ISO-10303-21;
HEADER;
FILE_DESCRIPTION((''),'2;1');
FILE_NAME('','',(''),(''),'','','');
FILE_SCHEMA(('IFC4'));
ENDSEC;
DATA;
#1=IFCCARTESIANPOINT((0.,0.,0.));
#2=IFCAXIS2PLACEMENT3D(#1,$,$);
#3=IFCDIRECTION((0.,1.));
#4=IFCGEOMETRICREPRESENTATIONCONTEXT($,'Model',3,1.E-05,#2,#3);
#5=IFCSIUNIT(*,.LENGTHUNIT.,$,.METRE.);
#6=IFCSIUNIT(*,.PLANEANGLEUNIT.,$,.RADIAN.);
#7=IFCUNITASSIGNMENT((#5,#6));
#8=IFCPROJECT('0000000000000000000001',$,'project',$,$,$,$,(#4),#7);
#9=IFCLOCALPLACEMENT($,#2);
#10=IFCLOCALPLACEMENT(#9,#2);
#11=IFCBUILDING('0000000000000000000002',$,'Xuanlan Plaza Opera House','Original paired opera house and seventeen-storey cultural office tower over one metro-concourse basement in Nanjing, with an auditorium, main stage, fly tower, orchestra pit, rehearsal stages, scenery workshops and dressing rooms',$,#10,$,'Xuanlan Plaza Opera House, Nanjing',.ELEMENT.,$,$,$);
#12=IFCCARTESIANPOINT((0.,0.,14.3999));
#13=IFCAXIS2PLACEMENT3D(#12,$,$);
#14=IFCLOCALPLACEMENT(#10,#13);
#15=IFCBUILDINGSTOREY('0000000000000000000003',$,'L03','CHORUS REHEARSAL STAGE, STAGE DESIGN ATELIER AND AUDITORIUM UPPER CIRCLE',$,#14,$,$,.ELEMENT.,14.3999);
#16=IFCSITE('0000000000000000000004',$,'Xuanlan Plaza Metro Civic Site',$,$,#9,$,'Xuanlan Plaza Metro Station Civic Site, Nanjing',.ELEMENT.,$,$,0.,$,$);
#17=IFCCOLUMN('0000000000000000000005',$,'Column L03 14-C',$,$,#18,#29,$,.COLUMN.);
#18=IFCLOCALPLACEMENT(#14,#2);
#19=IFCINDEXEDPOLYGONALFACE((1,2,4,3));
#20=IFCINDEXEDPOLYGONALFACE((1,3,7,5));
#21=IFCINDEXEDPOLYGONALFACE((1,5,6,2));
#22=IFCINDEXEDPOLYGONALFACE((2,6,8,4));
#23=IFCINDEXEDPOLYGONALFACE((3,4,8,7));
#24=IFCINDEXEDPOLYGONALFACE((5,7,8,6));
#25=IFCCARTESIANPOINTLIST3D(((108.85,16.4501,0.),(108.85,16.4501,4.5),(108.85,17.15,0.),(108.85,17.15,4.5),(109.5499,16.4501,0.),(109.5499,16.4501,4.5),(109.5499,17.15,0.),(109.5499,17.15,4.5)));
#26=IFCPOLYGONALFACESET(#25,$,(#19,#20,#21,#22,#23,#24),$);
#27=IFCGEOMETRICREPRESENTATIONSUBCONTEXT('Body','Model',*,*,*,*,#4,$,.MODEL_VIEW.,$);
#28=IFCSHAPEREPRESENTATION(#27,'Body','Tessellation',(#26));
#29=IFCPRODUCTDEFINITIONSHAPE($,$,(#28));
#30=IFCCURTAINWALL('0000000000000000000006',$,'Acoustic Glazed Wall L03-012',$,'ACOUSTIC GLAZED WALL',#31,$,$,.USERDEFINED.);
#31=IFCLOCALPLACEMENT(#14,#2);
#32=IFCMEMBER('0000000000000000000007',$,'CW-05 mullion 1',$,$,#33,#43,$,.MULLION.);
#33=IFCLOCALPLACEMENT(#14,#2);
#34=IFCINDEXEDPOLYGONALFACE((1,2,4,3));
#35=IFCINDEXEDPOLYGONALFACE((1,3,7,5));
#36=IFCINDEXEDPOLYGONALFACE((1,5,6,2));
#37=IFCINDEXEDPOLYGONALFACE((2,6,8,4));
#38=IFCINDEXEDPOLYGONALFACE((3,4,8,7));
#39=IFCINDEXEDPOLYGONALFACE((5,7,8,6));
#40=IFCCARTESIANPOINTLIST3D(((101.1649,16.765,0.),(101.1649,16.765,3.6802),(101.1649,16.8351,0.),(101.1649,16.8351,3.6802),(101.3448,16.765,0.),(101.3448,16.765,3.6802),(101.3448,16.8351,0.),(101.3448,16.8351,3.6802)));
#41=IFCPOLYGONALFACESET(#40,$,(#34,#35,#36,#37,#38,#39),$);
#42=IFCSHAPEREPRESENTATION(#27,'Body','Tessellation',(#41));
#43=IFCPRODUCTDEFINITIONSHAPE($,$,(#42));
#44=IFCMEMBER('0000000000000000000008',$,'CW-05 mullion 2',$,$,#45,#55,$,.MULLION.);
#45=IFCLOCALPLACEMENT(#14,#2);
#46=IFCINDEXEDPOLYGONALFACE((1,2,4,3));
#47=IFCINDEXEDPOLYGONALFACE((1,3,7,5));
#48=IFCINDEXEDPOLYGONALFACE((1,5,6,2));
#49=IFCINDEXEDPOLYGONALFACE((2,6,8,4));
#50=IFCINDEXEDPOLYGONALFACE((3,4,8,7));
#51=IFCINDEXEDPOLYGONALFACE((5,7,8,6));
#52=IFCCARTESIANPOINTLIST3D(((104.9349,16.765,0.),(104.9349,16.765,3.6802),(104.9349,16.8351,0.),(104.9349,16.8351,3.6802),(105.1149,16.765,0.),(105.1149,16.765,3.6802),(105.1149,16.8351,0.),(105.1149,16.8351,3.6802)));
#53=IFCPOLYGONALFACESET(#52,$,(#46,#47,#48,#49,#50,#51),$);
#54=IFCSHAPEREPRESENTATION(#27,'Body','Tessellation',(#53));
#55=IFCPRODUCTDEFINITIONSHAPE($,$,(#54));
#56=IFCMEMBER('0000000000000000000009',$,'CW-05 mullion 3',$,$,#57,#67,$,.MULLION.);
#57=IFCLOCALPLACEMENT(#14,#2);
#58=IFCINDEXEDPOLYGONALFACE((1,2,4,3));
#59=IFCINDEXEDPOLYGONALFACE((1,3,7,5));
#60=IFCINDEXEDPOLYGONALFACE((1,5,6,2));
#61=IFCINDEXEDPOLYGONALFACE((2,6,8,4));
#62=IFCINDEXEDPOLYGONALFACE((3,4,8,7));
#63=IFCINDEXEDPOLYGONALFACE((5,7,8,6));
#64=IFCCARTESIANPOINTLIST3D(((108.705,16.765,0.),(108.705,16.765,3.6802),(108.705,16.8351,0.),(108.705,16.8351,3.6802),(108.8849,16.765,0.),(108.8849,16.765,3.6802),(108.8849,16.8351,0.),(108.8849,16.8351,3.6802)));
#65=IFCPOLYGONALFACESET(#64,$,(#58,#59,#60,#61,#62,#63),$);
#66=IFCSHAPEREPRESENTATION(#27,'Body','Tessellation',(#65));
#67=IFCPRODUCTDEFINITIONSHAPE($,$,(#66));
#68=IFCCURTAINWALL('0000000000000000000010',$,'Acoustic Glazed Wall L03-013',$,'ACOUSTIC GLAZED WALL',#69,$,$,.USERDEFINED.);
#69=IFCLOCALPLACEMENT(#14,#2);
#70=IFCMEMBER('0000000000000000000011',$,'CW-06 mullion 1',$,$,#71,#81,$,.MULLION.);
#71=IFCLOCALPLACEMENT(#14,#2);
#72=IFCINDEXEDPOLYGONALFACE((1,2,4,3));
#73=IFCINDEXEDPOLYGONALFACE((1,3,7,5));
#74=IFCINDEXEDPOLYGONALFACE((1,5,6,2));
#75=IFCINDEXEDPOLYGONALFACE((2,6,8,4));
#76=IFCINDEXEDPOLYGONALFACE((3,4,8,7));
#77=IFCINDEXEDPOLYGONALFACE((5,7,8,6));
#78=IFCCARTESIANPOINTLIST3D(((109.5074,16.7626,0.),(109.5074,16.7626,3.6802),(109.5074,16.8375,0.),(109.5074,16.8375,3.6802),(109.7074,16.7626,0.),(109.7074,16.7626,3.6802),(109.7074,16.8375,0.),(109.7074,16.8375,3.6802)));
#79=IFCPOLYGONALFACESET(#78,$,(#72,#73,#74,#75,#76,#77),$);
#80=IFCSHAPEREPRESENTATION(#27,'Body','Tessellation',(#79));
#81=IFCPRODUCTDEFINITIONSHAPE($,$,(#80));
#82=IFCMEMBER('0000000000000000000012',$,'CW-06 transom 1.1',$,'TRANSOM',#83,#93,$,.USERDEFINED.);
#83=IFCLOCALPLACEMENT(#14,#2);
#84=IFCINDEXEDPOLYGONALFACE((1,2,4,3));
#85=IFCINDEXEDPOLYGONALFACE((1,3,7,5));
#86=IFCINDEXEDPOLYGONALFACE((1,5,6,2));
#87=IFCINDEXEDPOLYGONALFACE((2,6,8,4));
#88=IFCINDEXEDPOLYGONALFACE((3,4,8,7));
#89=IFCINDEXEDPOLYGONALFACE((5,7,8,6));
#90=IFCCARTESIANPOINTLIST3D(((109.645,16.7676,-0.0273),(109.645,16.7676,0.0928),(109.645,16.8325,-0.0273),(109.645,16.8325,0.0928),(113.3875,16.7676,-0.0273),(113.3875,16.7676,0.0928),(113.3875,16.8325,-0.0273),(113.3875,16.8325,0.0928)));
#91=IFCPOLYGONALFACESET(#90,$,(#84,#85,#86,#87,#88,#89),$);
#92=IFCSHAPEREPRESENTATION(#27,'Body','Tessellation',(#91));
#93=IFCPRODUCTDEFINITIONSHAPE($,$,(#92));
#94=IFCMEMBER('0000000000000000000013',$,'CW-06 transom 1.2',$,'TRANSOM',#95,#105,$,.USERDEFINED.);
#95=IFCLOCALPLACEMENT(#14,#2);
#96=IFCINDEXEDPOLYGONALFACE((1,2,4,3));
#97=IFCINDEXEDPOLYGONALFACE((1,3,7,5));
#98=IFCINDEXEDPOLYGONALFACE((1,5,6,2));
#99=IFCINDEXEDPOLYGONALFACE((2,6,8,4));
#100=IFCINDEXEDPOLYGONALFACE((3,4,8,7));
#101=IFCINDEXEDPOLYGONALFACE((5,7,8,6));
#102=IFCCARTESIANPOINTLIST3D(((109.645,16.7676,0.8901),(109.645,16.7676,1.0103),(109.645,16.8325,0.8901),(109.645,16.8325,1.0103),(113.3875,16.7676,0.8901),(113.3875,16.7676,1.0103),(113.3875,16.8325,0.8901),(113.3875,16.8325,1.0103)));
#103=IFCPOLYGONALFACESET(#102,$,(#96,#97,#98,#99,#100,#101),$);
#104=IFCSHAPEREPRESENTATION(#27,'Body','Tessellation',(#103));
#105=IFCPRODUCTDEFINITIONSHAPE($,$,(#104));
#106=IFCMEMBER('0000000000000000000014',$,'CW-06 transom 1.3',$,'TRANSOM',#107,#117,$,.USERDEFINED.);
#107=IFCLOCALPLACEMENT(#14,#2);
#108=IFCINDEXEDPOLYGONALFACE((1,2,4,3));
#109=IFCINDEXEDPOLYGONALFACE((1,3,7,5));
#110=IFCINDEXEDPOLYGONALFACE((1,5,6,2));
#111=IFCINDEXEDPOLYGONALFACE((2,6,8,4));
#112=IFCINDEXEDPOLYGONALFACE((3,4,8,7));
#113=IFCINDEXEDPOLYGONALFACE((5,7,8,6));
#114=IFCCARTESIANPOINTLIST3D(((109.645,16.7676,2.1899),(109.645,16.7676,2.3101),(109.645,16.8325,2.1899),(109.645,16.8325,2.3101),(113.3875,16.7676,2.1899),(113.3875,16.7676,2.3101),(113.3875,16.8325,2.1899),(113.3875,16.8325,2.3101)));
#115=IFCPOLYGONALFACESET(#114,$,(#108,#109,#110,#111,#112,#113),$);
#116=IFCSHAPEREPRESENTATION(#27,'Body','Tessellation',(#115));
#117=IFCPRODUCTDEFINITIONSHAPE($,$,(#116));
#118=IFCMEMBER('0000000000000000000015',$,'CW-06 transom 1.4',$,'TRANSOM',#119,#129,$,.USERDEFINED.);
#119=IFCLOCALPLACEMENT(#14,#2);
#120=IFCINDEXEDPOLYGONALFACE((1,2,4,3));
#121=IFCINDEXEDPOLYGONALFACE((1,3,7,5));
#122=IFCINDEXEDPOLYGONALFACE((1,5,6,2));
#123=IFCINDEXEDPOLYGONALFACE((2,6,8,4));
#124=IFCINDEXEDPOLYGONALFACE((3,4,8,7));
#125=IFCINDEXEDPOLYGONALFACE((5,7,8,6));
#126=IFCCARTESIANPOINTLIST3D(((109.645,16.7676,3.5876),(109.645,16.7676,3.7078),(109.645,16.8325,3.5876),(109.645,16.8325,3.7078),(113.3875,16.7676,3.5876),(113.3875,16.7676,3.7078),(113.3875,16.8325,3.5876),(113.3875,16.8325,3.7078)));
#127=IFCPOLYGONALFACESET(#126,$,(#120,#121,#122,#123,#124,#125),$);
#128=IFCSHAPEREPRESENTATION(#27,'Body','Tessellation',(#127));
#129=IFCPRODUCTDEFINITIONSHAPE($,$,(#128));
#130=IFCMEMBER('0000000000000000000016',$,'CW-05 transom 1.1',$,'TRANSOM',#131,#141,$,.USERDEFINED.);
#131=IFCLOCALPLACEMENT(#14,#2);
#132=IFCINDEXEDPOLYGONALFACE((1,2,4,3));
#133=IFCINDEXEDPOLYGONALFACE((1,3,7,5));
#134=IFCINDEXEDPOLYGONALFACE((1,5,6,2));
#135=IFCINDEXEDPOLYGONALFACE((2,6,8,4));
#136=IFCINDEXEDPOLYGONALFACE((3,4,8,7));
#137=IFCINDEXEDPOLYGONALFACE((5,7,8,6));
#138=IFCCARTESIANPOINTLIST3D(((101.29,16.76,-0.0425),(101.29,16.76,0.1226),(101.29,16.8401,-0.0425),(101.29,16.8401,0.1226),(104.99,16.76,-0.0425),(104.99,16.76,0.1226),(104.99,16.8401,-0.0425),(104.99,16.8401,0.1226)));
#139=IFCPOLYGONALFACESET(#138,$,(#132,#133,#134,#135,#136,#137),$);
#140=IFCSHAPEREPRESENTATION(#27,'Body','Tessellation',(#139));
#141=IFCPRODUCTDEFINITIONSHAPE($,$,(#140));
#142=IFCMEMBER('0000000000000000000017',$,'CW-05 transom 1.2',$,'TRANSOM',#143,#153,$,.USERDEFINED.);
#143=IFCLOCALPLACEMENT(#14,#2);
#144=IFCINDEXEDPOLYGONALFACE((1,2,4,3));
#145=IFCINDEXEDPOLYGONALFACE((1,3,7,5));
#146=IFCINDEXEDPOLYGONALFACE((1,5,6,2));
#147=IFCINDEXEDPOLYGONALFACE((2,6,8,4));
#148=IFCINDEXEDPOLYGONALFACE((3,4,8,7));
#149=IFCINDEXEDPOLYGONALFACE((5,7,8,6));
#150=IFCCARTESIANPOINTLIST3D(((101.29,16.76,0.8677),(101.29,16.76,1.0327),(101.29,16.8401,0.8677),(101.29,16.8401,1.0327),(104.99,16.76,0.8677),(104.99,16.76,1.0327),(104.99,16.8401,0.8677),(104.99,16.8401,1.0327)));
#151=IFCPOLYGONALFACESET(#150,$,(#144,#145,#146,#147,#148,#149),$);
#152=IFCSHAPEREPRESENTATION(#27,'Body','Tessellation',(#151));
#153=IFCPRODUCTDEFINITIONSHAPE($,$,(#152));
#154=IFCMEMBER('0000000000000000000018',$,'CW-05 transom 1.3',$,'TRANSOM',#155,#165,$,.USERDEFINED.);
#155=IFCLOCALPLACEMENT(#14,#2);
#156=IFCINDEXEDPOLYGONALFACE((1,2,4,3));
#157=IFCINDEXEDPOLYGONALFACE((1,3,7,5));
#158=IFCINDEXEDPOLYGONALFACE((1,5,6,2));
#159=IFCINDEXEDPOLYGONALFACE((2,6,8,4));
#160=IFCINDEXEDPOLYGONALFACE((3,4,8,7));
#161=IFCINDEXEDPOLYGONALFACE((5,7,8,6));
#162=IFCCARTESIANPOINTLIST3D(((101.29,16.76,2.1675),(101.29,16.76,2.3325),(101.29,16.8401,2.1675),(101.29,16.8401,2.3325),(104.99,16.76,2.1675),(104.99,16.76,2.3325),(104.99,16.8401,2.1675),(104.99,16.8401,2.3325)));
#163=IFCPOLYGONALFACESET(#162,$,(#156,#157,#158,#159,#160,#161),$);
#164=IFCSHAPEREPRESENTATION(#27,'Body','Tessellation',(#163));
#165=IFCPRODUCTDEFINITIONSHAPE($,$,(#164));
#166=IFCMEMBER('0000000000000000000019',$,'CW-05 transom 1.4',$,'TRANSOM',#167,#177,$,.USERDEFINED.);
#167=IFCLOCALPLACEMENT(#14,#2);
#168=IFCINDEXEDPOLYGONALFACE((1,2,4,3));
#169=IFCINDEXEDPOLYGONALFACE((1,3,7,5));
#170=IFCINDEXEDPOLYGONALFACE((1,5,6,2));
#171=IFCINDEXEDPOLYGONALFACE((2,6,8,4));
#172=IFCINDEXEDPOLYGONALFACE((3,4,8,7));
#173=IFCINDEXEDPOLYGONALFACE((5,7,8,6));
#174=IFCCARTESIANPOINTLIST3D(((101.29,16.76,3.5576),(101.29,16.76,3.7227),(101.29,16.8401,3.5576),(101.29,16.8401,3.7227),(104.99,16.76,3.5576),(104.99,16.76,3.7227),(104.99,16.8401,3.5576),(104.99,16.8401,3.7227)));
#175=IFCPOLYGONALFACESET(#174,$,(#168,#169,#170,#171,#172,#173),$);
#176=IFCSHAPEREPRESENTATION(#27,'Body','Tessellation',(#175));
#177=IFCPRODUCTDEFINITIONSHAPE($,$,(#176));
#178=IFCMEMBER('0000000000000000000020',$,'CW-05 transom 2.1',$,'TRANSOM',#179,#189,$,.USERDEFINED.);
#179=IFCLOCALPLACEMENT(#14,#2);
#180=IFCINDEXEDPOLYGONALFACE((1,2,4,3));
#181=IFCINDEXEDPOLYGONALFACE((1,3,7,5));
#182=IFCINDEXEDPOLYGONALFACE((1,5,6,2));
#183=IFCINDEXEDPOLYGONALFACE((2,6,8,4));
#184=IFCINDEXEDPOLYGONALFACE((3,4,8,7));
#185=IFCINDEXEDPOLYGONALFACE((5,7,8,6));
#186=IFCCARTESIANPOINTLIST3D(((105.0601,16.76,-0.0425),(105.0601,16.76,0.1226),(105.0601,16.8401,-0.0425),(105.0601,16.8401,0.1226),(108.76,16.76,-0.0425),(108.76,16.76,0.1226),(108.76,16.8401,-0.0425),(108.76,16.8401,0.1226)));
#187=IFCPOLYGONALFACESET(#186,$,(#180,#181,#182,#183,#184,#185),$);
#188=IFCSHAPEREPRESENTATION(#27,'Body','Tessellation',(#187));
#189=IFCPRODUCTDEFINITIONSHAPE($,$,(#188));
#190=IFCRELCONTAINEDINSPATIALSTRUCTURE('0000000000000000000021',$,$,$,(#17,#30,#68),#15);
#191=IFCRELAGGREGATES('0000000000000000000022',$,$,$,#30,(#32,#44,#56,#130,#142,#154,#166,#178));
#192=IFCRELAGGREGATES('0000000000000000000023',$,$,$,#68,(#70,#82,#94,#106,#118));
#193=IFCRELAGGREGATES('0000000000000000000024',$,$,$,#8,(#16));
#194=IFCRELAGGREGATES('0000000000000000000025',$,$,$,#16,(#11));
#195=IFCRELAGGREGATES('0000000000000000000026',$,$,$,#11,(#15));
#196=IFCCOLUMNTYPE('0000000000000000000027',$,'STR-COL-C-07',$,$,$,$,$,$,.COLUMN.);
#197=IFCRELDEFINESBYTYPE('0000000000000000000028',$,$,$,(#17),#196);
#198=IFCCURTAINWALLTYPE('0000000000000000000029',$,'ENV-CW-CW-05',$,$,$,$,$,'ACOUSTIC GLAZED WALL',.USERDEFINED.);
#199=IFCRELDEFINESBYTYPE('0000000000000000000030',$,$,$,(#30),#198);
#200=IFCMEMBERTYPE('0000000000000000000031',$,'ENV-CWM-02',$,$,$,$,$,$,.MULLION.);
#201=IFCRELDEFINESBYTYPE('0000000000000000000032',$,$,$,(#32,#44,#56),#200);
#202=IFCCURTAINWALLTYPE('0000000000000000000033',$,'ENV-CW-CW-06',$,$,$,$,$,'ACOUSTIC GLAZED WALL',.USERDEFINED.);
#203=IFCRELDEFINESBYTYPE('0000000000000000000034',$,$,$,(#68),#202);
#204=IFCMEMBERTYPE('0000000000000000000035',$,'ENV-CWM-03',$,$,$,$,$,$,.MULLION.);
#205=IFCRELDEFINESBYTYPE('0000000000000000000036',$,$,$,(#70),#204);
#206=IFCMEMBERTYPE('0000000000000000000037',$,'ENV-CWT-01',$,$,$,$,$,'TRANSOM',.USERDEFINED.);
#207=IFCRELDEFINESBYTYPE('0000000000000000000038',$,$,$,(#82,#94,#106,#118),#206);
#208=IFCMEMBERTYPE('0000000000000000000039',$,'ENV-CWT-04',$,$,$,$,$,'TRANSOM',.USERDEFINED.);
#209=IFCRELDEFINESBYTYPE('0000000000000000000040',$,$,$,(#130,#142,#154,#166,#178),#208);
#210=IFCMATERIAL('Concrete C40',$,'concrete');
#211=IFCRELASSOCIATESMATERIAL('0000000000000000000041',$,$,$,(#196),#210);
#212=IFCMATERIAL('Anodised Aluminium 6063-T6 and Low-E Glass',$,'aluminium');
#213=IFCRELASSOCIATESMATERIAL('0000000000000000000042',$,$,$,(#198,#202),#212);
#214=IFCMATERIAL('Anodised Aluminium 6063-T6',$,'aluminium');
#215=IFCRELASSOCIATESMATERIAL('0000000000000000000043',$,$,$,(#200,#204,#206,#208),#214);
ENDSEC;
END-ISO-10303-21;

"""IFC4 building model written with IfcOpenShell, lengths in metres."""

from ifc_helpers import new_model, si_unit, direction, frame, origin, origin_2d, place, context, subcontext, project, spatial, rectangle, extrude, material, material_profile, profile_set, type_object, element, aggregate, save


model = new_model("IFC4")

# Units and contexts
model_context = context("Model", 3, precision=1e-05, world=origin(), true_north=direction((0.0, 1.0)))
body_context = subcontext(model_context, "Body", "Model", "MODEL_VIEW")
ifc_project = project(units=[si_unit("LENGTHUNIT", "METRE"), si_unit("PLANEANGLEUNIT", "RADIAN")], contexts=[model_context])

# Site, building, storey
site_placement = place(None, origin())
site = spatial("IfcSite", under=ifc_project, at=site_placement, Name="Xuanlan Plaza Metro Civic Site", LongName="Xuanlan Plaza Metro Station Civic Site, Nanjing", CompositionType="ELEMENT", RefElevation=0.0)
building_placement = place(site_placement, origin())
building = spatial("IfcBuilding", under=site, at=building_placement, Name="Xuanlan Plaza Opera House", Description="Original paired opera house and seventeen-storey cultural office tower over one metro-concourse basement in Nanjing, with an auditorium, main stage, fly tower, orchestra pit, rehearsal stages, scenery workshops and dressing rooms", LongName="Xuanlan Plaza Opera House, Nanjing", CompositionType="ELEMENT")
storey_placement = place(building_placement, frame((0.0, 0.0, 14.3999)))
storey = spatial("IfcBuildingStorey", under=building, at=storey_placement, Name="L03", Description="CHORUS REHEARSAL STAGE, STAGE DESIGN ATELIER AND AUDITORIUM UPPER CIRCLE", CompositionType="ELEMENT", Elevation=14.3999)

# Column
ifc_material_1 = material(Name="Concrete C40", Category="concrete")
ifc_material_profile_1 = material_profile(ifc_material_1, rectangle(XDim=0.7, YDim=0.7, at=origin_2d()), Name="RC-COL 700x700")
ifc_profile_set_1 = profile_set([ifc_material_profile_1], Name="Concrete C40")
column_type = type_object("IfcColumnType", Name="STR-COL-C-07", PredefinedType="COLUMN", material=ifc_profile_set_1)
column_placement = place(storey_placement, frame((109.2, 16.8, 0.0), z_axis=(0.0, 0.0, 1.0), x_axis=(1.0, 0.0, 0.0)))
element("IfcColumn", 1, at=column_placement, inside=storey, type_object=column_type, Name="Column L03 14-C", PredefinedType="COLUMN", context=body_context, shape_type="SweptSolid", body=[
    extrude(rectangle(XDim=0.7, YDim=0.7, at=origin_2d()), origin(), (0.0, 0.0, 1.0), 4.5),
])

# Curtain walls, members
ifc_material_2 = material(Name="Anodised Aluminium 6063-T6 and Low-E Glass", Category="aluminium")
curtain_wall_type_1 = type_object("IfcCurtainWallType", Name="ENV-CW-CW-05", ElementType="ACOUSTIC GLAZED WALL", PredefinedType="USERDEFINED", material=ifc_material_2)
curtain_wall_1_placement = place(storey_placement, origin())
curtain_wall_1 = element("IfcCurtainWall", 2, at=curtain_wall_1_placement, inside=storey, type_object=curtain_wall_type_1, Name="Acoustic Glazed Wall L03-012", ObjectType="ACOUSTIC GLAZED WALL", PredefinedType="USERDEFINED")
ifc_material_3 = material(Name="Anodised Aluminium 6063-T6", Category="aluminium")
ifc_material_profile_2 = material_profile(ifc_material_3, rectangle(XDim=0.0701, YDim=0.1799, at=origin_2d()), Name="ALU-M 70x180")
ifc_profile_set_2 = profile_set([ifc_material_profile_2], Name="Anodised Aluminium 6063-T6")
member_type_1 = type_object("IfcMemberType", Name="ENV-CWM-02", PredefinedType="MULLION", material=ifc_profile_set_2)
member_1_placement = place(storey_placement, frame((101.2549, 16.8, 0.0), z_axis=(0.0, 0.0, 1.0), x_axis=(0.0, 1.0, 0.0)))
member_1 = element("IfcMember", 3, at=member_1_placement, type_object=member_type_1, Name="CW-05 mullion 1", PredefinedType="MULLION", context=body_context, shape_type="SweptSolid", body=[
    extrude(rectangle(XDim=0.0701, YDim=0.1799, at=origin_2d()), origin(), (0.0, 0.0, 1.0), 3.6802),
])
member_2_placement = place(storey_placement, frame((105.0249, 16.8, 0.0), z_axis=(0.0, 0.0, 1.0), x_axis=(0.0, 1.0, 0.0)))
member_2 = element("IfcMember", 4, at=member_2_placement, type_object=member_type_1, Name="CW-05 mullion 2", PredefinedType="MULLION", context=body_context, shape_type="SweptSolid", body=[
    extrude(rectangle(XDim=0.0701, YDim=0.1799, at=origin_2d()), origin(), (0.0, 0.0, 1.0), 3.6802),
])
member_3_placement = place(storey_placement, frame((108.7949, 16.8, 0.0), z_axis=(0.0, 0.0, 1.0), x_axis=(0.0, 1.0, 0.0)))
member_3 = element("IfcMember", 5, at=member_3_placement, type_object=member_type_1, Name="CW-05 mullion 3", PredefinedType="MULLION", context=body_context, shape_type="SweptSolid", body=[
    extrude(rectangle(XDim=0.0701, YDim=0.1799, at=origin_2d()), origin(), (0.0, 0.0, 1.0), 3.6802),
])
curtain_wall_type_2 = type_object("IfcCurtainWallType", Name="ENV-CW-CW-06", ElementType="ACOUSTIC GLAZED WALL", PredefinedType="USERDEFINED", material=ifc_material_2)
curtain_wall_2_placement = place(storey_placement, origin())
curtain_wall_2 = element("IfcCurtainWall", 6, at=curtain_wall_2_placement, inside=storey, type_object=curtain_wall_type_2, Name="Acoustic Glazed Wall L03-013", ObjectType="ACOUSTIC GLAZED WALL", PredefinedType="USERDEFINED")
ifc_material_profile_3 = material_profile(ifc_material_3, rectangle(XDim=0.075, YDim=0.2, at=origin_2d()), Name="ALU-M 75x200")
ifc_profile_set_3 = profile_set([ifc_material_profile_3], Name="Anodised Aluminium 6063-T6")
member_type_2 = type_object("IfcMemberType", Name="ENV-CWM-03", PredefinedType="MULLION", material=ifc_profile_set_3)
member_4_placement = place(storey_placement, frame((109.6074, 16.8, 0.0), z_axis=(0.0, 0.0, 1.0), x_axis=(0.0, 1.0, 0.0)))
member_4 = element("IfcMember", 7, at=member_4_placement, type_object=member_type_2, Name="CW-06 mullion 1", PredefinedType="MULLION", context=body_context, shape_type="SweptSolid", body=[
    extrude(rectangle(XDim=0.075, YDim=0.2, at=origin_2d()), origin(), (0.0, 0.0, 1.0), 3.6802),
])
ifc_material_profile_4 = material_profile(ifc_material_3, rectangle(XDim=0.0649, YDim=0.1201, at=origin_2d()), Name="ALU-T 65x120")
ifc_profile_set_4 = profile_set([ifc_material_profile_4], Name="Anodised Aluminium 6063-T6")
member_type_3 = type_object("IfcMemberType", Name="ENV-CWT-01", ElementType="TRANSOM", PredefinedType="USERDEFINED", material=ifc_profile_set_4)
member_5_placement = place(storey_placement, frame((109.645, 16.8, 0.0327), z_axis=(1.0, 0.0, 0.0), x_axis=(0.0, 1.0, 0.0)))
member_5 = element("IfcMember", 8, at=member_5_placement, type_object=member_type_3, Name="CW-06 transom 1.1", ObjectType="TRANSOM", PredefinedType="USERDEFINED", context=body_context, shape_type="SweptSolid", body=[
    extrude(rectangle(XDim=0.0649, YDim=0.1201, at=origin_2d()), origin(), (0.0, 0.0, 1.0), 3.7424),
])
member_6_placement = place(storey_placement, frame((109.645, 16.8, 0.9502), z_axis=(1.0, 0.0, 0.0), x_axis=(0.0, 1.0, 0.0)))
member_6 = element("IfcMember", 9, at=member_6_placement, type_object=member_type_3, Name="CW-06 transom 1.2", ObjectType="TRANSOM", PredefinedType="USERDEFINED", context=body_context, shape_type="SweptSolid", body=[
    extrude(rectangle(XDim=0.0649, YDim=0.1201, at=origin_2d()), origin(), (0.0, 0.0, 1.0), 3.7424),
])
member_7_placement = place(storey_placement, frame((109.645, 16.8, 2.25), z_axis=(1.0, 0.0, 0.0), x_axis=(0.0, 1.0, 0.0)))
member_7 = element("IfcMember", 10, at=member_7_placement, type_object=member_type_3, Name="CW-06 transom 1.3", ObjectType="TRANSOM", PredefinedType="USERDEFINED", context=body_context, shape_type="SweptSolid", body=[
    extrude(rectangle(XDim=0.0649, YDim=0.1201, at=origin_2d()), origin(), (0.0, 0.0, 1.0), 3.7424),
])
member_8_placement = place(storey_placement, frame((109.645, 16.8, 3.6477), z_axis=(1.0, 0.0, 0.0), x_axis=(0.0, 1.0, 0.0)))
member_8 = element("IfcMember", 11, at=member_8_placement, type_object=member_type_3, Name="CW-06 transom 1.4", ObjectType="TRANSOM", PredefinedType="USERDEFINED", context=body_context, shape_type="SweptSolid", body=[
    extrude(rectangle(XDim=0.0649, YDim=0.1201, at=origin_2d()), origin(), (0.0, 0.0, 1.0), 3.7424),
])

# Members
ifc_material_profile_5 = material_profile(ifc_material_3, rectangle(XDim=0.0801, YDim=0.165, at=origin_2d()), Name="ALU-T 80x165")
ifc_profile_set_5 = profile_set([ifc_material_profile_5], Name="Anodised Aluminium 6063-T6")
member_type_4 = type_object("IfcMemberType", Name="ENV-CWT-04", ElementType="TRANSOM", PredefinedType="USERDEFINED", material=ifc_profile_set_5)
member_9_placement = place(storey_placement, frame((101.29, 16.8, 0.04), z_axis=(1.0, 0.0, 0.0), x_axis=(0.0, 1.0, 0.0)))
member_9 = element("IfcMember", 12, at=member_9_placement, type_object=member_type_4, Name="CW-05 transom 1.1", ObjectType="TRANSOM", PredefinedType="USERDEFINED", context=body_context, shape_type="SweptSolid", body=[
    extrude(rectangle(XDim=0.0801, YDim=0.165, at=origin_2d()), origin(), (0.0, 0.0, 1.0), 3.7),
])
member_10_placement = place(storey_placement, frame((101.29, 16.8, 0.9502), z_axis=(1.0, 0.0, 0.0), x_axis=(0.0, 1.0, 0.0)))
member_10 = element("IfcMember", 13, at=member_10_placement, type_object=member_type_4, Name="CW-05 transom 1.2", ObjectType="TRANSOM", PredefinedType="USERDEFINED", context=body_context, shape_type="SweptSolid", body=[
    extrude(rectangle(XDim=0.0801, YDim=0.165, at=origin_2d()), origin(), (0.0, 0.0, 1.0), 3.7),
])
member_11_placement = place(storey_placement, frame((101.29, 16.8, 2.25), z_axis=(1.0, 0.0, 0.0), x_axis=(0.0, 1.0, 0.0)))
member_11 = element("IfcMember", 14, at=member_11_placement, type_object=member_type_4, Name="CW-05 transom 1.3", ObjectType="TRANSOM", PredefinedType="USERDEFINED", context=body_context, shape_type="SweptSolid", body=[
    extrude(rectangle(XDim=0.0801, YDim=0.165, at=origin_2d()), origin(), (0.0, 0.0, 1.0), 3.7),
])
member_12_placement = place(storey_placement, frame((101.29, 16.8, 3.6401), z_axis=(1.0, 0.0, 0.0), x_axis=(0.0, 1.0, 0.0)))
member_12 = element("IfcMember", 15, at=member_12_placement, type_object=member_type_4, Name="CW-05 transom 1.4", ObjectType="TRANSOM", PredefinedType="USERDEFINED", context=body_context, shape_type="SweptSolid", body=[
    extrude(rectangle(XDim=0.0801, YDim=0.165, at=origin_2d()), origin(), (0.0, 0.0, 1.0), 3.7),
])
member_13_placement = place(storey_placement, frame((105.0601, 16.8, 0.04), z_axis=(1.0, 0.0, 0.0), x_axis=(0.0, 1.0, 0.0)))
member_13 = element("IfcMember", 16, at=member_13_placement, type_object=member_type_4, Name="CW-05 transom 2.1", ObjectType="TRANSOM", PredefinedType="USERDEFINED", context=body_context, shape_type="SweptSolid", body=[
    extrude(rectangle(XDim=0.0801, YDim=0.165, at=origin_2d()), origin(), (0.0, 0.0, 1.0), 3.7),
])

aggregate(curtain_wall_1, [member_1, member_2, member_3, member_9, member_10, member_11, member_12, member_13])
aggregate(curtain_wall_2, [member_4, member_5, member_6, member_7, member_8])

save(model, "model.ifc")
